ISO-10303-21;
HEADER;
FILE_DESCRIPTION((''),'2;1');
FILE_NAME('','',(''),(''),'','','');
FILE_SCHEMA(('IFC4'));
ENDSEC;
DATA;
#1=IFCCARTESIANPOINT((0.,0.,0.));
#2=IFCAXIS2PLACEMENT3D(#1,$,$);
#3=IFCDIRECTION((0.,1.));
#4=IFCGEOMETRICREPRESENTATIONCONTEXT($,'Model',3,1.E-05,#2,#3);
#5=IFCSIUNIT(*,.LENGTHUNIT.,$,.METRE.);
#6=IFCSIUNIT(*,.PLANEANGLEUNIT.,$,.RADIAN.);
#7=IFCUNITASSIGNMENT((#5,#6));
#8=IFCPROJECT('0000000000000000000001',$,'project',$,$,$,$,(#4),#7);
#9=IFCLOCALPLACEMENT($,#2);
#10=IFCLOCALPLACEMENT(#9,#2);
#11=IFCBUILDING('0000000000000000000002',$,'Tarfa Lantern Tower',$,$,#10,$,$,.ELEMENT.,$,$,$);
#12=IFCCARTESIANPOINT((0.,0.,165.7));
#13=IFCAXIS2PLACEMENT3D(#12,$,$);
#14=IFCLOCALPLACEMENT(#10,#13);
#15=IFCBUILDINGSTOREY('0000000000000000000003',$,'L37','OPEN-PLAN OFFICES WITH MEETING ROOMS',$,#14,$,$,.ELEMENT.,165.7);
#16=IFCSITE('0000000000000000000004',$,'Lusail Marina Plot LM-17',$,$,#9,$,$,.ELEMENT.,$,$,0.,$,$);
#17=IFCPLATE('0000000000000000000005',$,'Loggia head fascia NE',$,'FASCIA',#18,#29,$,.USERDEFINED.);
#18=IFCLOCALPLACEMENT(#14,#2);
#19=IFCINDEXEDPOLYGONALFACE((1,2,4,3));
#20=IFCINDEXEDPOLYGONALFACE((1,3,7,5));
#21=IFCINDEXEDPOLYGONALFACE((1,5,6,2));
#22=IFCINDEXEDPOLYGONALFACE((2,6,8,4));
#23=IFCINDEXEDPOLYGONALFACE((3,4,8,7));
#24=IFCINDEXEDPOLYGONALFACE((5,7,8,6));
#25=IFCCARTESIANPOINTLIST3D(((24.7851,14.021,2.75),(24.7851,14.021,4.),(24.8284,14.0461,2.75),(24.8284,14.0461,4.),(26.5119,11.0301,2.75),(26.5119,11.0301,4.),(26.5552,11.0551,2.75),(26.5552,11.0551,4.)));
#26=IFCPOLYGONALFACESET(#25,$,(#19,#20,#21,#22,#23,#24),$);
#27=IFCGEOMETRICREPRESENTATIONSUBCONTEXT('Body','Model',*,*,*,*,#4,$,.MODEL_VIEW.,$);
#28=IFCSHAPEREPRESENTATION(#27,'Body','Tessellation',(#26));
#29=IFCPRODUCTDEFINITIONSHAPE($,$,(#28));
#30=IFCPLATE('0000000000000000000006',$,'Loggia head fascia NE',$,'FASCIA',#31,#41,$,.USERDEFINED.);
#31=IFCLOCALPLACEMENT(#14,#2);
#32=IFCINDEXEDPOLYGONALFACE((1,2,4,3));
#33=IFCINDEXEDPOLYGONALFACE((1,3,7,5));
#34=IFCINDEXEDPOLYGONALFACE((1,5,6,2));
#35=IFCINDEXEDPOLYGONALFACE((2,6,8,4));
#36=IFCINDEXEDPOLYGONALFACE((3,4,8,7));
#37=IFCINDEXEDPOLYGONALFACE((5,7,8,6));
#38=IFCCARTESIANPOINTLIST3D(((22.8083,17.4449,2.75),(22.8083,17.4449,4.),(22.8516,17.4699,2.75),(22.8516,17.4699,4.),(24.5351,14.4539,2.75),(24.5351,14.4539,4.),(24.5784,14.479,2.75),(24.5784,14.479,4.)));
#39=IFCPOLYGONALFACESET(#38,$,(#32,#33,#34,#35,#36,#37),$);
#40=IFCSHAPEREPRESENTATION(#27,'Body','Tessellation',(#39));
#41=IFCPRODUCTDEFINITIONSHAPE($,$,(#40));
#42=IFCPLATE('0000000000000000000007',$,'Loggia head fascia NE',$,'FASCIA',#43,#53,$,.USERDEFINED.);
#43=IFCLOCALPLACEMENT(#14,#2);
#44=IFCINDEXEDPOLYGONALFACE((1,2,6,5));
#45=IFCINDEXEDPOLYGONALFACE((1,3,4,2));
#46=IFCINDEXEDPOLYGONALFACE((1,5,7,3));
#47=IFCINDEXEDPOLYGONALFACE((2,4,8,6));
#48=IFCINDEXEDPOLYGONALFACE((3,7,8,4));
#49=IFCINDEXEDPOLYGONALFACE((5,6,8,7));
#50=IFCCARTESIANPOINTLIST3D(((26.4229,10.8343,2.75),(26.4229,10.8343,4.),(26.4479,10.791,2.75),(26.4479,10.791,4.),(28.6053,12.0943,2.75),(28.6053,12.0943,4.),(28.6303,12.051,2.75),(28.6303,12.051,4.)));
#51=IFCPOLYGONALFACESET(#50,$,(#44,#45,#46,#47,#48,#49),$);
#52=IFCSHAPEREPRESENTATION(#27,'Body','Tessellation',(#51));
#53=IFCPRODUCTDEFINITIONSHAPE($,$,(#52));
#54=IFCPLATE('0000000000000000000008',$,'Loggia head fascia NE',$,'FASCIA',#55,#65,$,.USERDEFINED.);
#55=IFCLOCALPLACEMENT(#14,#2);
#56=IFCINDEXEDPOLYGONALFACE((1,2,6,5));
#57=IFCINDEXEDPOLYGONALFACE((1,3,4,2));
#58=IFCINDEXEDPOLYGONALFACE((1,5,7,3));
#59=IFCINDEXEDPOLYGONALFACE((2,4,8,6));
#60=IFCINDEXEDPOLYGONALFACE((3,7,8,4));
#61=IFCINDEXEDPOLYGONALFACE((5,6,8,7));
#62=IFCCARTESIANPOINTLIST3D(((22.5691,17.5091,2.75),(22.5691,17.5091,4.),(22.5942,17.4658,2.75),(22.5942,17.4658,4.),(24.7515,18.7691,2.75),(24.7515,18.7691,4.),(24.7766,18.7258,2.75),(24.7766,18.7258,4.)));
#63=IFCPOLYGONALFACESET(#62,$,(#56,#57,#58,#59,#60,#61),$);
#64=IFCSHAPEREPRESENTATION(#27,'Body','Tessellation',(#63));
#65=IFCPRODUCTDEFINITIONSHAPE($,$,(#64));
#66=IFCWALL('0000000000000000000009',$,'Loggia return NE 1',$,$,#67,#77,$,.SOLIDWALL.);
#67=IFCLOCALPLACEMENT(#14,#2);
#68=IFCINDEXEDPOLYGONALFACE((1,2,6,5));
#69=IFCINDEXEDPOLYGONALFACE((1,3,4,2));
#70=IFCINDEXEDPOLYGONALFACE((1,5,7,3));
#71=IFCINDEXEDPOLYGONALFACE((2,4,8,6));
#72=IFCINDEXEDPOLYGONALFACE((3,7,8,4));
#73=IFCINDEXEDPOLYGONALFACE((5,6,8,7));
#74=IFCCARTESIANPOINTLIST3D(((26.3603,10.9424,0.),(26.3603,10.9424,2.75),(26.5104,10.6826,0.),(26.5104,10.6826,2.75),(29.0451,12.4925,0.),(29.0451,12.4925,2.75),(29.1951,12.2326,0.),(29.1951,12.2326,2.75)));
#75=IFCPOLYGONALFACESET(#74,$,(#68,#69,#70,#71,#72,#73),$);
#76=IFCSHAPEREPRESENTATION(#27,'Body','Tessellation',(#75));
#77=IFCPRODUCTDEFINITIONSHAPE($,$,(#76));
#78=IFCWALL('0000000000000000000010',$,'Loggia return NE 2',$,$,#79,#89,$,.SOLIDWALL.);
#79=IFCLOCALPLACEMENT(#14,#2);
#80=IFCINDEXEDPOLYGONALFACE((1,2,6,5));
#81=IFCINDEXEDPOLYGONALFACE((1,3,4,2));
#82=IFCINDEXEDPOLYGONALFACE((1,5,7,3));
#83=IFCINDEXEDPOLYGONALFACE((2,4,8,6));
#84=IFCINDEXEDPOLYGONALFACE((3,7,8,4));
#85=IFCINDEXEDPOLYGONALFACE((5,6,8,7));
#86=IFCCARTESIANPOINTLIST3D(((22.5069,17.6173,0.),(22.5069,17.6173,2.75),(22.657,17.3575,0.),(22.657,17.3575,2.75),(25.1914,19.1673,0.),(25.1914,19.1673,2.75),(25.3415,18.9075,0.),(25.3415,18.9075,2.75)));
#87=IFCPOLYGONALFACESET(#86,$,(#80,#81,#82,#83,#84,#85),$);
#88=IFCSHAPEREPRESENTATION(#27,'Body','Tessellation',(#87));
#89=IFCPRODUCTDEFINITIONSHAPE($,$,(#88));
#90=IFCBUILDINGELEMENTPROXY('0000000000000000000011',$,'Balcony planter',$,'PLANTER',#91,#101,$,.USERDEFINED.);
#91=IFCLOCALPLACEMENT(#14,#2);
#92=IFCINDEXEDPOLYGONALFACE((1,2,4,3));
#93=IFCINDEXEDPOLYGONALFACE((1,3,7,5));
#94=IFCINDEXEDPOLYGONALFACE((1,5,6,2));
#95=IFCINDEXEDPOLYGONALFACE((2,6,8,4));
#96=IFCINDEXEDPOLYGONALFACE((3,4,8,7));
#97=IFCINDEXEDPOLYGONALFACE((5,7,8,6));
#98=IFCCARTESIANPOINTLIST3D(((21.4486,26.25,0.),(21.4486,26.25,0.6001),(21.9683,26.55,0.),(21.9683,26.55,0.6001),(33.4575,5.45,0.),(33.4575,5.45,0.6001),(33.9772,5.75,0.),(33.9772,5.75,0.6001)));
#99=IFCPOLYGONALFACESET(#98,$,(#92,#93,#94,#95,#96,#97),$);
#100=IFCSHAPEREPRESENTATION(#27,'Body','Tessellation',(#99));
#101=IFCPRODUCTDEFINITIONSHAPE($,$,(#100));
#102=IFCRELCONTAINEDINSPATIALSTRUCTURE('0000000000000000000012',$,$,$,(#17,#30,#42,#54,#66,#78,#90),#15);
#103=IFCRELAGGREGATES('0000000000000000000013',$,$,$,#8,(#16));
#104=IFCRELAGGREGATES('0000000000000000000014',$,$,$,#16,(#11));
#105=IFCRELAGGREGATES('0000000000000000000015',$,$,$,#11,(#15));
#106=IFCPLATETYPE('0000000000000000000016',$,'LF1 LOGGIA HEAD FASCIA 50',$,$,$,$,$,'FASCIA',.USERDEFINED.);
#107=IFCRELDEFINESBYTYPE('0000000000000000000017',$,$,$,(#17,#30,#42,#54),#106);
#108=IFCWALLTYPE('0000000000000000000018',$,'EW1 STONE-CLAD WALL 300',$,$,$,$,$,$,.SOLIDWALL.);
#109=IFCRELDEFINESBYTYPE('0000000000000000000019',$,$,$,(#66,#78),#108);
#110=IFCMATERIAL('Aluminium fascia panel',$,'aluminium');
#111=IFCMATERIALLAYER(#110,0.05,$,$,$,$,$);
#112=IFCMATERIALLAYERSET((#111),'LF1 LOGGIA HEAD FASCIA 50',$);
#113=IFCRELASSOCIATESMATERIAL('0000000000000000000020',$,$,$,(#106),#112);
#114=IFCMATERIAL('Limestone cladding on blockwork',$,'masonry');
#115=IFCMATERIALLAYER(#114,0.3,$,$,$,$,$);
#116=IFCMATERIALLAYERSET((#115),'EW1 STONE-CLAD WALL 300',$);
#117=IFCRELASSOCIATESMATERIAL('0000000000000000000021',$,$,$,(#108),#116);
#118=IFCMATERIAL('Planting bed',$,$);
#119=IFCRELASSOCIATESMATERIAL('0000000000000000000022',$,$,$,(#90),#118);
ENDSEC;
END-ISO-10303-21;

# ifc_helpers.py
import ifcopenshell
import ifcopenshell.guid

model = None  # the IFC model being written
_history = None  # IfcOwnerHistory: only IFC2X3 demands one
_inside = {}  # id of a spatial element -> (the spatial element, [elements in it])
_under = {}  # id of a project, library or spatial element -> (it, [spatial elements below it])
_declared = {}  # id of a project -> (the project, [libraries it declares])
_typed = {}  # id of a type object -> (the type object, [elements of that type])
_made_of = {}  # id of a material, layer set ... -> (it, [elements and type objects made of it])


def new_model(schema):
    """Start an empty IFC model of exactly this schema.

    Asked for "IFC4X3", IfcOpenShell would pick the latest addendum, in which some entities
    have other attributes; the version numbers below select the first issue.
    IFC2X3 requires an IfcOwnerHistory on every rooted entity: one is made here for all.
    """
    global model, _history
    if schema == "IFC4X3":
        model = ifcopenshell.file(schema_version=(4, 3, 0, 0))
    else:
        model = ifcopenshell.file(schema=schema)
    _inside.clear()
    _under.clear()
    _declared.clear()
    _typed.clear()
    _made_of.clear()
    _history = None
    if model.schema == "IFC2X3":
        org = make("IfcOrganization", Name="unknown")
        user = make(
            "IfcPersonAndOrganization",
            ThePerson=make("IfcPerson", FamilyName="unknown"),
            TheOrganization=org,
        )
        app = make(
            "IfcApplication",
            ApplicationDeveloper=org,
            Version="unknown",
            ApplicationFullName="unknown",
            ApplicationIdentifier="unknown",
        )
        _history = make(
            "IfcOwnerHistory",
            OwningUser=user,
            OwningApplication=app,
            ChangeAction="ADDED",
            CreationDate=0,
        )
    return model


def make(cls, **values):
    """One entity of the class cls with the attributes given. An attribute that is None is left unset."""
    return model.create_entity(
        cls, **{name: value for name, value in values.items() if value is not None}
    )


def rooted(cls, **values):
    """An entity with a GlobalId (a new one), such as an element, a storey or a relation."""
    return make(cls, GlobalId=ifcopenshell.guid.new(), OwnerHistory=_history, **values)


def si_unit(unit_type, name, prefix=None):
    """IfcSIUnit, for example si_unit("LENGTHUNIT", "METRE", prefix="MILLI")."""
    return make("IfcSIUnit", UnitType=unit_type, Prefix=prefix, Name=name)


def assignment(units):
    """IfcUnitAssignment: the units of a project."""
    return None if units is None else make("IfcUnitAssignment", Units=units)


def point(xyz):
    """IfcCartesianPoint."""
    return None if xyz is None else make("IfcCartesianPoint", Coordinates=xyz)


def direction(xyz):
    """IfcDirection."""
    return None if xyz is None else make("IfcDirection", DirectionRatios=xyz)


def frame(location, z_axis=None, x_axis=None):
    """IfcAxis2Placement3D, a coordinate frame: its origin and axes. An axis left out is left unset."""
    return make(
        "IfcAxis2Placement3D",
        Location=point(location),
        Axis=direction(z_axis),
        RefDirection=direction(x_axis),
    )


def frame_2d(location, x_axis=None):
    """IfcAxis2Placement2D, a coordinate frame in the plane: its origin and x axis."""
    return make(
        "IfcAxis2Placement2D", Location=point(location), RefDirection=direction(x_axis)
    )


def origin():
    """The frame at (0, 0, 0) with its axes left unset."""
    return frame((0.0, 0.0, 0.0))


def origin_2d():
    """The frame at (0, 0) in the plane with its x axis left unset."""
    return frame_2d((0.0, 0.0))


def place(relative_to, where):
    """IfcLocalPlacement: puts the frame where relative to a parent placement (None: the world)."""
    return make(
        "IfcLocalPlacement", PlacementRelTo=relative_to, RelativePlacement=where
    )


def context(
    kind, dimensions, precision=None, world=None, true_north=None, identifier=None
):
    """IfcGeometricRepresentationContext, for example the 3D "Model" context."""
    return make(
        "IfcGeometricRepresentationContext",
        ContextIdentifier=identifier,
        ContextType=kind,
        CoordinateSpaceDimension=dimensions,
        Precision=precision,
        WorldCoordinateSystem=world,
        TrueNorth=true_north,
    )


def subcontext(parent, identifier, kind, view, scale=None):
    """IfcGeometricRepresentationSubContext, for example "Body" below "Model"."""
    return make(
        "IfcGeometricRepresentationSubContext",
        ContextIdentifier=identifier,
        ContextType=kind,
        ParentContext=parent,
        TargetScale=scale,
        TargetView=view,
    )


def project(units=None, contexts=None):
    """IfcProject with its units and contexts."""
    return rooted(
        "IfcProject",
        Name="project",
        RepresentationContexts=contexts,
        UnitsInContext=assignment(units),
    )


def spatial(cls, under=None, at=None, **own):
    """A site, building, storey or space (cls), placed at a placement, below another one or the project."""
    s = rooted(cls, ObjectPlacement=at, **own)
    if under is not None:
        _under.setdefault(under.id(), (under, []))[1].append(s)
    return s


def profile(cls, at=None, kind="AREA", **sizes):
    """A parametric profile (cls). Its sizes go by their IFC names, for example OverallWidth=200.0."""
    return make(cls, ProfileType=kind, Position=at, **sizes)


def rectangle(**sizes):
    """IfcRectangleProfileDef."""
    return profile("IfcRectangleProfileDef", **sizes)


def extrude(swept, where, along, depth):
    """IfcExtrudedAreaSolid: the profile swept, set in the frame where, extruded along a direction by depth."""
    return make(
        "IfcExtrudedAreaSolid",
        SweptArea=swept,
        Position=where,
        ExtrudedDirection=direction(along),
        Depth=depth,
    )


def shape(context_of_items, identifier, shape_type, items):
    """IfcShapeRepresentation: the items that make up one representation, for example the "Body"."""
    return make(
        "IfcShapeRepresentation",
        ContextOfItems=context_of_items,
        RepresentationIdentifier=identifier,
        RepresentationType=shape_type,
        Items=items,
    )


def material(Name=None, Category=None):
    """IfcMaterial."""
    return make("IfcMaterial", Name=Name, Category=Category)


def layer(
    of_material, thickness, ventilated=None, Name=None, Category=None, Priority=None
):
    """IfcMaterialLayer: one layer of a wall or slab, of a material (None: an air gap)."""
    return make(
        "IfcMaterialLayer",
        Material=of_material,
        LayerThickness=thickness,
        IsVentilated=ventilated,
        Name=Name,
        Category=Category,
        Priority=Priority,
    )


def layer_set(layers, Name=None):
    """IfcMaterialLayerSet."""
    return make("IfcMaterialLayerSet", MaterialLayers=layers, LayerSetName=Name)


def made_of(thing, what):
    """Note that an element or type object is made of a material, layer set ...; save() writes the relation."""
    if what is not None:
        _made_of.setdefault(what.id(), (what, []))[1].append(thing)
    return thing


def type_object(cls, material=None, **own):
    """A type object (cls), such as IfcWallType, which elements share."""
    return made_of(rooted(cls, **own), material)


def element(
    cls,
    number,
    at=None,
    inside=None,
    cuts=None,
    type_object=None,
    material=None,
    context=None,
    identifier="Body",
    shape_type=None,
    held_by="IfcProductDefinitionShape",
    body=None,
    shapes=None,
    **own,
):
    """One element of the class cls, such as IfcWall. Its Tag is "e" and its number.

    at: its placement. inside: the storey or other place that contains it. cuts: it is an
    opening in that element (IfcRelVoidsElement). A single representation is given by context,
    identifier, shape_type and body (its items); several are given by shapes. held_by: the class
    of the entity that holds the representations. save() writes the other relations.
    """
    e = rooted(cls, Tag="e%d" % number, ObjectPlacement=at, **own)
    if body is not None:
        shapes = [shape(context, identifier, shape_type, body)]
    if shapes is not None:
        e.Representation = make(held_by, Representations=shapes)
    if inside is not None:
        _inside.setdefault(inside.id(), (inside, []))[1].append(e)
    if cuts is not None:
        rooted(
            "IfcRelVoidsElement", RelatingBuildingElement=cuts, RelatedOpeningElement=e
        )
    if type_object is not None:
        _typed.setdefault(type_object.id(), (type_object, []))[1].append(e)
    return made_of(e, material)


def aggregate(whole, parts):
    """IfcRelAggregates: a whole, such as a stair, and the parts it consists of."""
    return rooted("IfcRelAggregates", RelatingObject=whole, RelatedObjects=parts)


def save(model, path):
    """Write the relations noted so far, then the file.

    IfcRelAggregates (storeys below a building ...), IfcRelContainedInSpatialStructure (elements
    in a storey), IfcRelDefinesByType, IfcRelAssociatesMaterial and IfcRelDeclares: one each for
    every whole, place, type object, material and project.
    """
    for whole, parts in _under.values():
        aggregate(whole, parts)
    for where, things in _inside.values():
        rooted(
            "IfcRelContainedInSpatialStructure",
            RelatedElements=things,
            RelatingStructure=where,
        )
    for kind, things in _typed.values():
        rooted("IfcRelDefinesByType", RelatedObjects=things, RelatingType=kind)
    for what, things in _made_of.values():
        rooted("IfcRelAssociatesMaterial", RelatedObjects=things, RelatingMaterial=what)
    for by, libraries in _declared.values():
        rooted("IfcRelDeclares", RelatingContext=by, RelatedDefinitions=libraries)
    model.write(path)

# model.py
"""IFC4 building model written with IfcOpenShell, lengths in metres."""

from ifc_helpers import new_model, si_unit, direction, frame, frame_2d, origin, origin_2d, place, context, subcontext, project, spatial, rectangle, extrude, material, layer, layer_set, type_object, element, save


model = new_model("IFC4")

# Units and contexts
model_context = context("Model", 3, precision=1e-05, world=origin(), true_north=direction((0.0, 1.0)))
body_context = subcontext(model_context, "Body", "Model", "MODEL_VIEW")
ifc_project = project(units=[si_unit("LENGTHUNIT", "METRE"), si_unit("PLANEANGLEUNIT", "RADIAN")], contexts=[model_context])

# Site, building, storey
site_placement = place(None, origin())
site = spatial("IfcSite", under=ifc_project, at=site_placement, Name="Lusail Marina Plot LM-17", CompositionType="ELEMENT", RefElevation=0.0)
building_placement = place(site_placement, origin())
building = spatial("IfcBuilding", under=site, at=building_placement, Name="Tarfa Lantern Tower", CompositionType="ELEMENT")
storey_placement = place(building_placement, frame((0.0, 0.0, 165.7)))
storey = spatial("IfcBuildingStorey", under=building, at=storey_placement, Name="L37", Description="OPEN-PLAN OFFICES WITH MEETING ROOMS", CompositionType="ELEMENT", Elevation=165.7)

# Plates
ifc_material_1 = material(Name="Aluminium fascia panel", Category="aluminium")
ifc_layer_1 = layer(ifc_material_1, 0.05)
ifc_layer_set_1 = layer_set([ifc_layer_1], Name="LF1 LOGGIA HEAD FASCIA 50")
plate_type_1 = type_object("IfcPlateType", Name="LF1 LOGGIA HEAD FASCIA 50", ElementType="FASCIA", PredefinedType="USERDEFINED", material=ifc_layer_set_1)
for number, where, z_axis, x_axis, name in (
    (1, (25.6702, 12.5381, 2.75), (0.0, 0.0, 1.0), (-0.5, 0.866025, 0.0), "Loggia head fascia NE"),
    (2, (23.6934, 15.9619, 2.75), (0.0, 0.0, 1.0), (-0.5, 0.866025, 0.0), "Loggia head fascia NE"),
):
    element("IfcPlate", number, at=place(storey_placement, frame(where, z_axis=z_axis, x_axis=x_axis)), inside=storey, type_object=plate_type_1, Name=name, ObjectType="FASCIA", PredefinedType="USERDEFINED", context=body_context, shape_type="SweptSolid", body=[
        extrude(rectangle(XDim=3.4536, YDim=0.05, at=origin_2d()), origin(), (0.0, 0.0, 1.0), 1.25),
    ])
for number, where, z_axis, x_axis, name in (
    (3, (27.5266, 11.4426, 2.75), (0.0, 0.0, 1.0), (-0.866025, -0.5, 0.0), "Loggia head fascia NE"),
    (4, (23.6729, 18.1174, 2.75), (0.0, 0.0, 1.0), (-0.866025, -0.5, 0.0), "Loggia head fascia NE"),
):
    element("IfcPlate", number, at=place(storey_placement, frame(where, z_axis=z_axis, x_axis=x_axis)), inside=storey, type_object=plate_type_1, Name=name, ObjectType="FASCIA", PredefinedType="USERDEFINED", context=body_context, shape_type="SweptSolid", body=[
        extrude(rectangle(XDim=2.52, YDim=0.05, at=origin_2d()), origin(), (0.0, 0.0, 1.0), 1.25),
    ])

# Walls
ifc_material_2 = material(Name="Limestone cladding on blockwork", Category="masonry")
ifc_layer_2 = layer(ifc_material_2, 0.3)
ifc_layer_set_2 = layer_set([ifc_layer_2], Name="EW1 STONE-CLAD WALL 300")
wall_type = type_object("IfcWallType", Name="EW1 STONE-CLAD WALL 300", PredefinedType="SOLIDWALL", material=ifc_layer_set_2)
wall_1_placement = place(storey_placement, frame((29.1201, 12.3625, 0.0), z_axis=(0.0, 0.0, 1.0), x_axis=(-0.86603, -0.499993, 0.0)))
element("IfcWall", 5, at=wall_1_placement, inside=storey, type_object=wall_type, Name="Loggia return NE 1", PredefinedType="SOLIDWALL", context=body_context, shape_type="SweptSolid", body=[
    extrude(rectangle(XDim=3.1001, YDim=0.3, at=frame_2d((1.55, 0.0))), origin(), (0.0, 0.0, 1.0), 2.75),
])
wall_2_placement = place(storey_placement, frame((25.2664, 19.0374, 0.0), z_axis=(0.0, 0.0, 1.0), x_axis=(-0.86601, -0.500027, 0.0)))
element("IfcWall", 6, at=wall_2_placement, inside=storey, type_object=wall_type, Name="Loggia return NE 2", PredefinedType="SOLIDWALL", context=body_context, shape_type="SweptSolid", body=[
    extrude(rectangle(XDim=3.0999, YDim=0.3, at=frame_2d((1.5498, 0.0))), origin(), (0.0, 0.0, 1.0), 2.75),
])

# Building element proxy
ifc_material_3 = material(Name="Planting bed")
proxy_placement = place(storey_placement, frame((27.7129, 16.0, 0.0), z_axis=(0.0, 0.0, 1.0), x_axis=(-0.5, 0.866025, 0.0)))
element("IfcBuildingElementProxy", 7, at=proxy_placement, inside=storey, material=ifc_material_3, Name="Balcony planter", ObjectType="PLANTER", PredefinedType="USERDEFINED", context=body_context, shape_type="SweptSolid", body=[
    extrude(rectangle(XDim=24.0178, YDim=0.6001, at=origin_2d()), origin(), (0.0, 0.0, 1.0), 0.6001),
])

save(model, "model.ifc")
